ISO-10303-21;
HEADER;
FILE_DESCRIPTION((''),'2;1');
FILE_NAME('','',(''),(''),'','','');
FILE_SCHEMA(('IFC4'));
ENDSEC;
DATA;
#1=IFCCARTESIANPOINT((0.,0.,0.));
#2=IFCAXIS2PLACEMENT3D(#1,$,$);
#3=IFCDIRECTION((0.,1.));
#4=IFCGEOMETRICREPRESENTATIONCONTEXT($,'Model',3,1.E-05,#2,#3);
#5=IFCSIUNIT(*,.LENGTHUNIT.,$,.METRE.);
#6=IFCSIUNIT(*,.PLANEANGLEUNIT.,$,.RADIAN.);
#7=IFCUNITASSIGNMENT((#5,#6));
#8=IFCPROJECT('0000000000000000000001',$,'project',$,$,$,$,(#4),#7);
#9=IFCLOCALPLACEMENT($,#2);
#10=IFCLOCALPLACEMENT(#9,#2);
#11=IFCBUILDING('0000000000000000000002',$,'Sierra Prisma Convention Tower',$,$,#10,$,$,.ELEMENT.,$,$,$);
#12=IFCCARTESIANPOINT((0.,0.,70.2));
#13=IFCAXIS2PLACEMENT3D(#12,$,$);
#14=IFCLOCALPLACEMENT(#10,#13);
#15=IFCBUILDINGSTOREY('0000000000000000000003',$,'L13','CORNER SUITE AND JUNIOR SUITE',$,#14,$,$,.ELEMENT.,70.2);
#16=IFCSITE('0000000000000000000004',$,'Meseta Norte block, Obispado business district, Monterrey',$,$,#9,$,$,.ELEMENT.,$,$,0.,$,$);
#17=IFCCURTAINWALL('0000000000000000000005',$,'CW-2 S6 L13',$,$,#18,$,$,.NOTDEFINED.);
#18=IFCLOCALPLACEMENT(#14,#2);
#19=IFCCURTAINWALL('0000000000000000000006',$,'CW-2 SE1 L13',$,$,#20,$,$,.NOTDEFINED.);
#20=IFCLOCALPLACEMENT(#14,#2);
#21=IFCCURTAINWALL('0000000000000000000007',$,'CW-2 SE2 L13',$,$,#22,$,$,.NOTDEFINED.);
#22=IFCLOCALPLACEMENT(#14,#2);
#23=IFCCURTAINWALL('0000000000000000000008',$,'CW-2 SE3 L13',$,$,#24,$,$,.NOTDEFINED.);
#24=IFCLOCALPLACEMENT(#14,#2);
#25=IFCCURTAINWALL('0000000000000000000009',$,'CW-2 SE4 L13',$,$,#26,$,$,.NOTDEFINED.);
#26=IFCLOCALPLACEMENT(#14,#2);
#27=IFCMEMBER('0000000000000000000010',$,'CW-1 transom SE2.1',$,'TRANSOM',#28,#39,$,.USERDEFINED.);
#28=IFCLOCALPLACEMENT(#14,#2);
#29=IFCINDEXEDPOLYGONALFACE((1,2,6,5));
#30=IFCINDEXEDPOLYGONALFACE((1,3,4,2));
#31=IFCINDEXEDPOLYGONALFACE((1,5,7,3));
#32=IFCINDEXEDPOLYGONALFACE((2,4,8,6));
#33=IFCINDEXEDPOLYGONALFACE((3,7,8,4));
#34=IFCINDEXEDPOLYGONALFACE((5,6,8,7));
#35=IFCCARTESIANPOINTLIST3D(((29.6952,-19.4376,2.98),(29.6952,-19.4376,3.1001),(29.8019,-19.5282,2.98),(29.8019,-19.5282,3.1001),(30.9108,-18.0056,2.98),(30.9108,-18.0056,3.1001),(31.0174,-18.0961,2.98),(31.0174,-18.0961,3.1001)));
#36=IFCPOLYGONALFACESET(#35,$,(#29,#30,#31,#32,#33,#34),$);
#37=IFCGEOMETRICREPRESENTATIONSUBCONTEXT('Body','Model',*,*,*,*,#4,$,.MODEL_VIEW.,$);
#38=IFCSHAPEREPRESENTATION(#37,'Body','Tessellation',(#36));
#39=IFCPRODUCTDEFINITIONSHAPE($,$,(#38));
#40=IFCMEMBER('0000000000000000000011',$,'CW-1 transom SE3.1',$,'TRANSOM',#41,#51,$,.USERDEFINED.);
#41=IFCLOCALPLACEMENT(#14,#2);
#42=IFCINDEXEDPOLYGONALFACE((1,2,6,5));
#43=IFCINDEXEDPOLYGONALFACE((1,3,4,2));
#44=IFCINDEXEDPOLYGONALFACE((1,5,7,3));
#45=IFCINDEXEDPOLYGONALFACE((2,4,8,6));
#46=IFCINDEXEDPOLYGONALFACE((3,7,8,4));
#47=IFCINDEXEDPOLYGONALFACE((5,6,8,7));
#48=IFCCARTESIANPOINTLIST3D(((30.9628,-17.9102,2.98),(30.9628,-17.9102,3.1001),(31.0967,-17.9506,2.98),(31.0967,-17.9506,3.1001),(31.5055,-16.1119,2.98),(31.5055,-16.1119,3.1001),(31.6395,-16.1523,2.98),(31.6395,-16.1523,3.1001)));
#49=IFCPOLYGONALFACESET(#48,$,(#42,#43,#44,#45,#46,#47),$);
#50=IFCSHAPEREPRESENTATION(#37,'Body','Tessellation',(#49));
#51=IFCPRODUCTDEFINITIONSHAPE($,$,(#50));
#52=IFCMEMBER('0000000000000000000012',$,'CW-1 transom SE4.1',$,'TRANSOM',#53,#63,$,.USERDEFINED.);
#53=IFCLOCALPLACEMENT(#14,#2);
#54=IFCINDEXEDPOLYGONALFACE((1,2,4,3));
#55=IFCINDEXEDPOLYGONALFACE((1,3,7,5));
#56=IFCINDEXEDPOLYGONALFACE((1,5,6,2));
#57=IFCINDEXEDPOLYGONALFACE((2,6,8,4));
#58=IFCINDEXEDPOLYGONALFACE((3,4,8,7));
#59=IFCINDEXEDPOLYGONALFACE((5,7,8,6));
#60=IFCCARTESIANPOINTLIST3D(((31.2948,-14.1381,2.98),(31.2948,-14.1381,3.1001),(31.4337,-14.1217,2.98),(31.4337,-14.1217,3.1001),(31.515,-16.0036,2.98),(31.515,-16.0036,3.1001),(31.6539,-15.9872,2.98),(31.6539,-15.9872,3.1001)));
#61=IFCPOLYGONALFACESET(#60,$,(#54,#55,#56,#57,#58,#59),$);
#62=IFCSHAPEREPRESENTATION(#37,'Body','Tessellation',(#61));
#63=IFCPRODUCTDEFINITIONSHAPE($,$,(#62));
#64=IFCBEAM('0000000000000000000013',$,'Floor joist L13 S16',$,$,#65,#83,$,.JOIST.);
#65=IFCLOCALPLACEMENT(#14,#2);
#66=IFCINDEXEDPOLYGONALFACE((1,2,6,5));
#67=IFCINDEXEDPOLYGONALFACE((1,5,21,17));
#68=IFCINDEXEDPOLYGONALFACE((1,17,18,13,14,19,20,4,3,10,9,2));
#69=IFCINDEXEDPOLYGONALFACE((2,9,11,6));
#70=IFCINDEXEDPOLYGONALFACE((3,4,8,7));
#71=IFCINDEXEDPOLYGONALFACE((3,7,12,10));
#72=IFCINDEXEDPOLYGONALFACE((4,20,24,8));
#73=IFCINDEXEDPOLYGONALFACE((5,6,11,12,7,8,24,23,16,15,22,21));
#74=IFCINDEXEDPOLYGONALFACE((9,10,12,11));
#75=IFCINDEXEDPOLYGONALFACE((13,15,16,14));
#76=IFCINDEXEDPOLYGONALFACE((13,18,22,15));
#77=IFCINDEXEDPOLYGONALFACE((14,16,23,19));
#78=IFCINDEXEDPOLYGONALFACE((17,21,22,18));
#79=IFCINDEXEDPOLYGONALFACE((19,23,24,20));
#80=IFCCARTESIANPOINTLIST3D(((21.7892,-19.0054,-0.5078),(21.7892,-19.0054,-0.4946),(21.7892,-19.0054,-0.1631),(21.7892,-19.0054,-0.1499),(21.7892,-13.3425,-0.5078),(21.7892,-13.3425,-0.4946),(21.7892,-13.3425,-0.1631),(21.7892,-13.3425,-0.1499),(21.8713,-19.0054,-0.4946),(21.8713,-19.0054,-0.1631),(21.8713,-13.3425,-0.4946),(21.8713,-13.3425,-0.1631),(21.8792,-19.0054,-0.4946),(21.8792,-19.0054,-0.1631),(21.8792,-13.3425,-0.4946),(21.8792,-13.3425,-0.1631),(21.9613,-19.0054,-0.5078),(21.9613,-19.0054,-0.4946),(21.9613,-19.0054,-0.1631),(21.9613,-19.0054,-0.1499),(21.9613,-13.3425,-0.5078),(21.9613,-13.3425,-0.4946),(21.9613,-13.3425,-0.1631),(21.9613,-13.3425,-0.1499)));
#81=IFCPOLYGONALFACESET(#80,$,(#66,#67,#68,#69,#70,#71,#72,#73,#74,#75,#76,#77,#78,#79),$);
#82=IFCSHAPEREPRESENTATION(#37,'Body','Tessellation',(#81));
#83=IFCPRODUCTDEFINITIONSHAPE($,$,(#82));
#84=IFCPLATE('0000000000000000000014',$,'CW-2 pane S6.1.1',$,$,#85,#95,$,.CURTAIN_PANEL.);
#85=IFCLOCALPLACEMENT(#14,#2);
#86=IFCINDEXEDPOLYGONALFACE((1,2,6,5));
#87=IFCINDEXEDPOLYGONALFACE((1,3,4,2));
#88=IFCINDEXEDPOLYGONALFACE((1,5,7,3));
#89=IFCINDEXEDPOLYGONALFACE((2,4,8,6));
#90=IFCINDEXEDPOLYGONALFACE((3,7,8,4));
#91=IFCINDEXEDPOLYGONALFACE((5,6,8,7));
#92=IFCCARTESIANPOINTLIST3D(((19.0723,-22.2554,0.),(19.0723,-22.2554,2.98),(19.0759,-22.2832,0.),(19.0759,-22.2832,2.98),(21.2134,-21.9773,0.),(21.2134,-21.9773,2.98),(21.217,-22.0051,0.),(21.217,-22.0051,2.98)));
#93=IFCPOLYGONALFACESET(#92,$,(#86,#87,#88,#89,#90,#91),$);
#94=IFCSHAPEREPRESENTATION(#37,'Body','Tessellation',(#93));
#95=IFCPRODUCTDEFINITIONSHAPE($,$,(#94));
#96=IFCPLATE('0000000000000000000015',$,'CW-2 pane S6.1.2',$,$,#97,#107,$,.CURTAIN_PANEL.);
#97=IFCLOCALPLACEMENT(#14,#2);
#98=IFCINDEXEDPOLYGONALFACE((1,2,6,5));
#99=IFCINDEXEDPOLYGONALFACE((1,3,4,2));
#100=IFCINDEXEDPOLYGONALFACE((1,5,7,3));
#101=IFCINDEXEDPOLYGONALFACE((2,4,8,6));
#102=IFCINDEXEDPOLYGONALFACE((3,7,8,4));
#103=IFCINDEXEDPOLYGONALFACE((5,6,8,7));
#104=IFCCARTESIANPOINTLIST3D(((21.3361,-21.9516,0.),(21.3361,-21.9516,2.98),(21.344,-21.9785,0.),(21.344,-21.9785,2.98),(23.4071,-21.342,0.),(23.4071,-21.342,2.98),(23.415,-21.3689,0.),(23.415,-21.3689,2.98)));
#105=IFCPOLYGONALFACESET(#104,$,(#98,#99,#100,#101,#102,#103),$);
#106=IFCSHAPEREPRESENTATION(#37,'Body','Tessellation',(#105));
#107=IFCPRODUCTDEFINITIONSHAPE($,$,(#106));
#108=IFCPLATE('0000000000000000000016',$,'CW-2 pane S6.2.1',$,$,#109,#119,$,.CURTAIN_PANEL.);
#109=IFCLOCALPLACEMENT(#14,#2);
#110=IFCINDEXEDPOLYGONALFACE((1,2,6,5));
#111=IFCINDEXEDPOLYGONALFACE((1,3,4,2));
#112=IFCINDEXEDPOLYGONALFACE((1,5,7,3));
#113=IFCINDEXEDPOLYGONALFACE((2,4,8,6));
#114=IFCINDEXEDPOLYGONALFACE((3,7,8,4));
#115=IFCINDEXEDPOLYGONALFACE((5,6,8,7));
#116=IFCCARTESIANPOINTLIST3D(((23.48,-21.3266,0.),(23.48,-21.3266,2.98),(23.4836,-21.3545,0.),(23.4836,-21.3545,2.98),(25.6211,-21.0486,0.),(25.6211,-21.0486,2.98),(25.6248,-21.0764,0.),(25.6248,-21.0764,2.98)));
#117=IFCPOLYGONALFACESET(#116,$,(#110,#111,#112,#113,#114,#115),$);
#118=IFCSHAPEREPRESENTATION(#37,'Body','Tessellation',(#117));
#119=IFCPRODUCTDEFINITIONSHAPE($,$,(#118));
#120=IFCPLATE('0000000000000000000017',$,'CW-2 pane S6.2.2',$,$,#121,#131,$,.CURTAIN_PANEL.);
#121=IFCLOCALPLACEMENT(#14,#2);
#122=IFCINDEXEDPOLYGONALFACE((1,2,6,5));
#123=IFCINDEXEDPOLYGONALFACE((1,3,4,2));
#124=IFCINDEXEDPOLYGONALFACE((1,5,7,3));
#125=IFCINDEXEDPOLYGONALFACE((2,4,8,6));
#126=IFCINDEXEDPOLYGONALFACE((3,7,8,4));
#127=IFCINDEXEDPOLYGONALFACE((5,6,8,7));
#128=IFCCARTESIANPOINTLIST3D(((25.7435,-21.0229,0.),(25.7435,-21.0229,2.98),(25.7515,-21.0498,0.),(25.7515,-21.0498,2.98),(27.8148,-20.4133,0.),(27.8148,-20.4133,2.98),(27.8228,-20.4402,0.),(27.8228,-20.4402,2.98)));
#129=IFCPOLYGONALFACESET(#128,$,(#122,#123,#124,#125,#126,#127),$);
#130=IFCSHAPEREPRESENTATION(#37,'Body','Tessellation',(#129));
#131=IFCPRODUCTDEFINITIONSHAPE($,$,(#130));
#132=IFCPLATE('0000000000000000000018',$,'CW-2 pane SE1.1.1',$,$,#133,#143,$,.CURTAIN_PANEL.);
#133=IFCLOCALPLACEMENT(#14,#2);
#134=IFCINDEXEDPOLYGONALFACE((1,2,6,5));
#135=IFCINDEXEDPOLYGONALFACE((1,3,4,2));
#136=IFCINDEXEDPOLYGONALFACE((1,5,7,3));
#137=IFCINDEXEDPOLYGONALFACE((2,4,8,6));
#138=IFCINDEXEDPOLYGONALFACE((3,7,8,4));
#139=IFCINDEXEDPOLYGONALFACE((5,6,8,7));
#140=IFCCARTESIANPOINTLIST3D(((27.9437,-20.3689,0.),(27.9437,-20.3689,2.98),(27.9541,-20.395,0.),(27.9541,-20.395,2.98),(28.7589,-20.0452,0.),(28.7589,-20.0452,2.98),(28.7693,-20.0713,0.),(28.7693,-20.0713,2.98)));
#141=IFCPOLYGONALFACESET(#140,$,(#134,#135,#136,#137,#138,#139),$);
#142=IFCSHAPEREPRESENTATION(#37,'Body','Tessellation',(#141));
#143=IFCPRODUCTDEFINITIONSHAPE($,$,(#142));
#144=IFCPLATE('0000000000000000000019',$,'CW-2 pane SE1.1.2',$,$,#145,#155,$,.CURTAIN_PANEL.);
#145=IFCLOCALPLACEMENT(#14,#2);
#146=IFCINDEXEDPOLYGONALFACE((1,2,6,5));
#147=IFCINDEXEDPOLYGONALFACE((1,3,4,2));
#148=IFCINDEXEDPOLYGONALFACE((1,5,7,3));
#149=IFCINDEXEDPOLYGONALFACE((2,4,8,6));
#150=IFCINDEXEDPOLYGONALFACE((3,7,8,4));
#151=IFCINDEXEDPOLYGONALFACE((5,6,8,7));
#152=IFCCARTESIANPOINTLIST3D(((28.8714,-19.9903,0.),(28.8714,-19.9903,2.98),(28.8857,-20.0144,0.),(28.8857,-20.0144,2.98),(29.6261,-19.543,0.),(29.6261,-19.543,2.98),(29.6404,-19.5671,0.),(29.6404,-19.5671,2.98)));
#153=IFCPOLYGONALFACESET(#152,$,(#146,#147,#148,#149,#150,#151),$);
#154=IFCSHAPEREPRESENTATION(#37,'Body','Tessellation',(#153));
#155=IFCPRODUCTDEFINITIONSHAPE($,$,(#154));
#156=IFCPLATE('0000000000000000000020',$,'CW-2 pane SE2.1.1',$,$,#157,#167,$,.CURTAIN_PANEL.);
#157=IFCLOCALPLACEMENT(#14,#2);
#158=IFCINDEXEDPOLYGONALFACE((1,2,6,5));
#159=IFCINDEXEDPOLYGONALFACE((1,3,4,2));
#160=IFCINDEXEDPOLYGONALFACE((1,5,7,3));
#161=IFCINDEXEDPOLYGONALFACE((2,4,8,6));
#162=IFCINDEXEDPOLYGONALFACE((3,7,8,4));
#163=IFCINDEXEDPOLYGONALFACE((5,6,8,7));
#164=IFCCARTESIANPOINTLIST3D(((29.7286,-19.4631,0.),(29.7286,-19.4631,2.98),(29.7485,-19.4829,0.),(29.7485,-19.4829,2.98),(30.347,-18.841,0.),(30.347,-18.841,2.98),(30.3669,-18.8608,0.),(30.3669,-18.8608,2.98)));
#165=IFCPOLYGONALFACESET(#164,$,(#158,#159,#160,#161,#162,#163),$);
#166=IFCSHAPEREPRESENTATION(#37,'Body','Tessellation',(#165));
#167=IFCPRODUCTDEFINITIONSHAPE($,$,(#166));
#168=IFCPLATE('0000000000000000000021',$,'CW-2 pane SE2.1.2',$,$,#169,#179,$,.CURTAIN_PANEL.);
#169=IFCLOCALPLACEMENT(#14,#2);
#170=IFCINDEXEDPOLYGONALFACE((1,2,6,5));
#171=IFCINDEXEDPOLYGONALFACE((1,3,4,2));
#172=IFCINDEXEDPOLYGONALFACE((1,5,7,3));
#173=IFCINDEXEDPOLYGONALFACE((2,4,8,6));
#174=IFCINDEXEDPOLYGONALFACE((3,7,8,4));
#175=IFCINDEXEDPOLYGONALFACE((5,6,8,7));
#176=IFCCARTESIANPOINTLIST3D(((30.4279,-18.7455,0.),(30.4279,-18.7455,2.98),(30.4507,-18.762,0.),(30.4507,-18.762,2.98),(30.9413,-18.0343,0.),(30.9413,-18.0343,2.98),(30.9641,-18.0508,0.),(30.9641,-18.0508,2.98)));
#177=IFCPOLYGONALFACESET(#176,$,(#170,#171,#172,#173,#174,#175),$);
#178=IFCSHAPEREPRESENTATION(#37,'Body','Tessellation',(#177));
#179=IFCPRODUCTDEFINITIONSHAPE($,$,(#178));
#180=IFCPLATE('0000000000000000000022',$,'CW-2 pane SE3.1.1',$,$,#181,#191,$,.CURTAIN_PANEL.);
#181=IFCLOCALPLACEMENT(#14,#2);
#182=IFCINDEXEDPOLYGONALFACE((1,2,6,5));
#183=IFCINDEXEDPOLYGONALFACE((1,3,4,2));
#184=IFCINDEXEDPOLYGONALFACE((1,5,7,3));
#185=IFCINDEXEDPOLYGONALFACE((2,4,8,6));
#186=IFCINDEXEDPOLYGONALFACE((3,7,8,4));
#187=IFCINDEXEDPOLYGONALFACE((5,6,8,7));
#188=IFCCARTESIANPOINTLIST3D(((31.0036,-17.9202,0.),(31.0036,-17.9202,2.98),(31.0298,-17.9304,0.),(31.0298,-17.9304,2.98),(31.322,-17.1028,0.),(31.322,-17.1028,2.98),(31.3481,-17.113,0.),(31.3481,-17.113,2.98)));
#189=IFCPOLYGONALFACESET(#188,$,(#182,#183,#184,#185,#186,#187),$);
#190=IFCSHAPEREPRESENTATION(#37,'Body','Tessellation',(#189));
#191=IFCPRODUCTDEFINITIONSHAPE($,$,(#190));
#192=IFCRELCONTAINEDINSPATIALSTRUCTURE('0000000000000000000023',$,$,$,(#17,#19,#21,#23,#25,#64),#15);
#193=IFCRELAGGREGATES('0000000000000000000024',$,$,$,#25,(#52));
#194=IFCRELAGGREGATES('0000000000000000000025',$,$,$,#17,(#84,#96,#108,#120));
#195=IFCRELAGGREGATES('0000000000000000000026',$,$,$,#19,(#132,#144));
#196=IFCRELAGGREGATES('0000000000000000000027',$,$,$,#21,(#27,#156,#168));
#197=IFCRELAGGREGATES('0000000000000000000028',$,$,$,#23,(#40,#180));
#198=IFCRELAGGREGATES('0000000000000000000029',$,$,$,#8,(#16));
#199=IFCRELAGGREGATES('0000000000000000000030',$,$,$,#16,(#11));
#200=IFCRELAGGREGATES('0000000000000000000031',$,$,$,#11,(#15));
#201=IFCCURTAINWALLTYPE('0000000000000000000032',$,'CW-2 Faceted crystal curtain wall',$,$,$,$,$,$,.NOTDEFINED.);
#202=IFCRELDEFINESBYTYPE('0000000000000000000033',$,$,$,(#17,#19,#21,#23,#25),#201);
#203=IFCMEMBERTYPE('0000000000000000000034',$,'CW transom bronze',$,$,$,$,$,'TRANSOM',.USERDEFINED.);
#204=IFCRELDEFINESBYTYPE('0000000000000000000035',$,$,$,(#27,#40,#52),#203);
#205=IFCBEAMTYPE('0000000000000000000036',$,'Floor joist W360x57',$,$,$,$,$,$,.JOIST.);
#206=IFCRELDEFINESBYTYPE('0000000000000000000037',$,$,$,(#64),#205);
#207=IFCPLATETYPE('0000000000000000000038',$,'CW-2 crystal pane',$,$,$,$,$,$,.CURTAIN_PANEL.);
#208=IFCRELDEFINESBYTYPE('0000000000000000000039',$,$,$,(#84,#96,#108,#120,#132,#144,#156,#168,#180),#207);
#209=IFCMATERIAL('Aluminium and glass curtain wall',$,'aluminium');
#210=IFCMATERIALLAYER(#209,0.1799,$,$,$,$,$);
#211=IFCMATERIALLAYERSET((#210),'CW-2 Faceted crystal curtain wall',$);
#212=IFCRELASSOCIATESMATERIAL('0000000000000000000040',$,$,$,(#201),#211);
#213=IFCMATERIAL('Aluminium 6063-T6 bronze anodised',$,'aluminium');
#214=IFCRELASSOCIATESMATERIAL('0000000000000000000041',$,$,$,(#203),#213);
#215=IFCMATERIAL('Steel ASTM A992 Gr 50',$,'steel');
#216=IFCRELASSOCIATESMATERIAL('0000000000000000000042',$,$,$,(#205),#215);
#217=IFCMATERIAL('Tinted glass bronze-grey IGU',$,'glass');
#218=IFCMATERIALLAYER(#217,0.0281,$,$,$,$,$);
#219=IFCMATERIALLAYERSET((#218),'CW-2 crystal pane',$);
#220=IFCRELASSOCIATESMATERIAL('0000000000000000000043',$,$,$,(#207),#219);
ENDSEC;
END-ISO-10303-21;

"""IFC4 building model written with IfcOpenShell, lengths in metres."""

from ifc_helpers import new_model, si_unit, direction, frame, origin, origin_2d, place, context, subcontext, project, spatial, polyline, rectangle, i_section, outline, extrude, material, layer, layer_set, material_profile, profile_set, type_object, element, aggregate, save


model = new_model("IFC4")

# Units and contexts
model_context = context("Model", 3, precision=1e-05, world=origin(), true_north=direction((0.0, 1.0)))
body_context = subcontext(model_context, "Body", "Model", "MODEL_VIEW")
ifc_project = project(units=[si_unit("LENGTHUNIT", "METRE"), si_unit("PLANEANGLEUNIT", "RADIAN")], contexts=[model_context])

# Site, building, storey
site_placement = place(None, origin())
site = spatial("IfcSite", under=ifc_project, at=site_placement, Name="Meseta Norte block, Obispado business district, Monterrey", CompositionType="ELEMENT", RefElevation=0.0)
building_placement = place(site_placement, origin())
building = spatial("IfcBuilding", under=site, at=building_placement, Name="Sierra Prisma Convention Tower", CompositionType="ELEMENT")
storey_placement = place(building_placement, frame((0.0, 0.0, 70.2)))
storey = spatial("IfcBuildingStorey", under=building, at=storey_placement, Name="L13", Description="CORNER SUITE AND JUNIOR SUITE", CompositionType="ELEMENT", Elevation=70.2)

# Curtain wall
ifc_material_1 = material(Name="Aluminium and glass curtain wall", Category="aluminium")
ifc_layer_1 = layer(ifc_material_1, 0.1799)
ifc_layer_set_1 = layer_set([ifc_layer_1], Name="CW-2 Faceted crystal curtain wall")
curtain_wall_type = type_object("IfcCurtainWallType", Name="CW-2 Faceted crystal curtain wall", PredefinedType="NOTDEFINED", material=ifc_layer_set_1)
curtain_wall_1_placement = place(storey_placement, origin())
curtain_wall_1 = element("IfcCurtainWall", 1, at=curtain_wall_1_placement, inside=storey, type_object=curtain_wall_type, Name="CW-2 S6 L13", PredefinedType="NOTDEFINED")

# Curtain walls
curtain_wall_2_placement = place(storey_placement, origin())
curtain_wall_2 = element("IfcCurtainWall", 2, at=curtain_wall_2_placement, inside=storey, type_object=curtain_wall_type, Name="CW-2 SE1 L13", PredefinedType="NOTDEFINED")
curtain_wall_3_placement = place(storey_placement, origin())
curtain_wall_3 = element("IfcCurtainWall", 3, at=curtain_wall_3_placement, inside=storey, type_object=curtain_wall_type, Name="CW-2 SE2 L13", PredefinedType="NOTDEFINED")
curtain_wall_4_placement = place(storey_placement, origin())
curtain_wall_4 = element("IfcCurtainWall", 4, at=curtain_wall_4_placement, inside=storey, type_object=curtain_wall_type, Name="CW-2 SE3 L13", PredefinedType="NOTDEFINED")

# Curtain wall
curtain_wall_5_placement = place(storey_placement, origin())
curtain_wall_5 = element("IfcCurtainWall", 5, at=curtain_wall_5_placement, inside=storey, type_object=curtain_wall_type, Name="CW-2 SE4 L13", PredefinedType="NOTDEFINED")

# Members
ifc_material_2 = material(Name="Aluminium 6063-T6 bronze anodised", Category="aluminium")
ifc_material_profile_1 = material_profile(ifc_material_2, rectangle(XDim=0.1399, YDim=0.1201, at=origin_2d()), Name="ALU TRANSOM 120x140")
ifc_profile_set_1 = profile_set([ifc_material_profile_1], Name="Aluminium 6063-T6 bronze anodised")
member_type_1 = type_object("IfcMemberType", Name="CW transom bronze", ElementType="TRANSOM", PredefinedType="USERDEFINED", material=ifc_profile_set_1)
member_1_placement = place(storey_placement, frame((29.7485, -19.4829, 3.04), z_axis=(0.647113, 0.762394, 0.0), x_axis=(-0.762394, 0.647113, 0.0)))
member_1 = element("IfcMember", 6, at=member_1_placement, type_object=member_type_1, Name="CW-1 transom SE2.1", ObjectType="TRANSOM", PredefinedType="USERDEFINED", context=body_context, shape_type="SweptSolid", body=[
    extrude(rectangle(XDim=0.1399, YDim=0.1201, at=origin_2d()), origin(), (0.0, 0.0, 1.0), 1.8784),
])
member_2_placement = place(storey_placement, frame((31.0298, -17.9304, 3.04), z_axis=(0.288921, 0.957353, 0.0), x_axis=(-0.957353, 0.288921, 0.0)))
member_2 = element("IfcMember", 7, at=member_2_placement, type_object=member_type_1, Name="CW-1 transom SE3.1", ObjectType="TRANSOM", PredefinedType="USERDEFINED", context=body_context, shape_type="SweptSolid", body=[
    extrude(rectangle(XDim=0.1399, YDim=0.1201, at=origin_2d()), origin(), (0.0, 0.0, 1.0), 1.8784),
])
member_3_placement = place(storey_placement, frame((31.5845, -15.9954, 3.04), z_axis=(-0.117233, 0.993104, 0.0), x_axis=(-0.993104, -0.117233, 0.0)))
member_3 = element("IfcMember", 8, at=member_3_placement, type_object=member_type_1, Name="CW-1 transom SE4.1", ObjectType="TRANSOM", PredefinedType="USERDEFINED", context=body_context, shape_type="SweptSolid", body=[
    extrude(rectangle(XDim=0.1399, YDim=0.1201, at=origin_2d()), origin(), (0.0, 0.0, 1.0), 1.8784),
])
aggregate(curtain_wall_5, [member_3])

# Beam
ifc_material_3 = material(Name="Steel ASTM A992 Gr 50", Category="steel")
ifc_material_profile_2 = material_profile(ifc_material_3, i_section(OverallWidth=0.1721, OverallDepth=0.3579, WebThickness=0.0078, FlangeThickness=0.0132, at=origin_2d()), Name="W360x57")
ifc_profile_set_2 = profile_set([ifc_material_profile_2], Name="Steel ASTM A992 Gr 50")
beam_type = type_object("IfcBeamType", Name="Floor joist W360x57", PredefinedType="JOIST", material=ifc_profile_set_2)
beam_placement = place(storey_placement, frame((21.8752, -19.0054, -0.3289), z_axis=(0.0, 1.0, 0.0), x_axis=(-1.0, 0.0, 0.0)))
element("IfcBeam", 9, at=beam_placement, inside=storey, type_object=beam_type, Name="Floor joist L13 S16", PredefinedType="JOIST", context=body_context, shape_type="SweptSolid", body=[
    extrude(i_section(OverallWidth=0.1721, OverallDepth=0.3579, WebThickness=0.0078, FlangeThickness=0.0132, at=origin_2d()), origin(), (0.0, 0.0, 1.0), 5.6628),
])

# Plates
ifc_material_4 = material(Name="Tinted glass bronze-grey IGU", Category="glass")
ifc_layer_2 = layer(ifc_material_4, 0.0281)
ifc_layer_set_2 = layer_set([ifc_layer_2], Name="CW-2 crystal pane")
plate_type = type_object("IfcPlateType", Name="CW-2 crystal pane", PredefinedType="CURTAIN_PANEL", material=ifc_layer_set_2)
plate_1_placement = place(storey_placement, frame((19.0759, -22.2832, 0.0), z_axis=(0.128793, -0.991672, 0.0), x_axis=(0.991672, 0.128793, 0.0)))
plate_1 = element("IfcPlate", 10, at=plate_1_placement, type_object=plate_type, Name="CW-2 pane S6.1.1", PredefinedType="CURTAIN_PANEL", context=body_context, shape_type="SweptSolid", body=[
    extrude(outline(polyline([(0.0, 0.0), (2.1591, 0.0), (2.1591, 2.98), (0.0, 2.98), (0.0, 0.0)])), origin(), (0.0, 0.0, -1.0), 0.0281),
])
plate_2_placement = place(storey_placement, frame((23.415, -21.3689, 0.0), z_axis=(0.282374, -0.959304, 0.0), x_axis=(-0.959304, -0.282374, 0.0)))
plate_2 = element("IfcPlate", 11, at=plate_2_placement, type_object=plate_type, Name="CW-2 pane S6.1.2", PredefinedType="CURTAIN_PANEL", context=body_context, shape_type="SweptSolid", body=[
    extrude(outline(polyline([(0.0, 0.0), (2.1589, 0.0), (2.1589, -2.98), (0.0, -2.98), (0.0, 0.0)])), origin(), (0.0, 0.0, -1.0), 0.0281),
])
plate_3_placement = place(storey_placement, frame((23.4836, -21.3545, 0.0), z_axis=(0.128793, -0.991672, 0.0), x_axis=(0.991672, 0.128793, 0.0)))
plate_3 = element("IfcPlate", 12, at=plate_3_placement, type_object=plate_type, Name="CW-2 pane S6.2.1", PredefinedType="CURTAIN_PANEL", context=body_context, shape_type="SweptSolid", body=[
    extrude(outline(polyline([(0.0, 0.0), (2.1591, 0.0), (2.1591, 2.98), (0.0, 2.98), (0.0, 0.0)])), origin(), (0.0, 0.0, -1.0), 0.0281),
])
plate_4_placement = place(storey_placement, frame((27.8228, -20.4402, 0.0), z_axis=(0.282344, -0.959313, 0.0), x_axis=(-0.959313, -0.282344, 0.0)))
plate_4 = element("IfcPlate", 13, at=plate_4_placement, type_object=plate_type, Name="CW-2 pane S6.2.2", PredefinedType="CURTAIN_PANEL", context=body_context, shape_type="SweptSolid", body=[
    extrude(outline(polyline([(0.0, 0.0), (2.1591, 0.0), (2.1591, -2.98), (0.0, -2.98), (0.0, 0.0)])), origin(), (0.0, 0.0, -1.0), 0.0281),
])
aggregate(curtain_wall_1, [plate_1, plate_2, plate_3, plate_4])
plate_5_placement = place(storey_placement, frame((27.9541, -20.395, 0.0), z_axis=(0.369086, -0.929395, 0.0), x_axis=(0.929395, 0.369086, 0.0)))
plate_5 = element("IfcPlate", 14, at=plate_5_placement, type_object=plate_type, Name="CW-2 pane SE1.1.1", PredefinedType="CURTAIN_PANEL", context=body_context, shape_type="SweptSolid", body=[
    extrude(outline(polyline([(0.0, 0.0), (0.8771, 0.0), (0.8771, 2.98), (0.0, 2.98), (0.0, 0.0)])), origin(), (0.0, 0.0, -1.0), 0.0281),
])
plate_6_placement = place(storey_placement, frame((29.6404, -19.5671, 0.0), z_axis=(0.509863, -0.860255, 0.0), x_axis=(-0.860255, -0.509863, 0.0)))
plate_6 = element("IfcPlate", 15, at=plate_6_placement, type_object=plate_type, Name="CW-2 pane SE1.1.2", PredefinedType="CURTAIN_PANEL", context=body_context, shape_type="SweptSolid", body=[
    extrude(outline(polyline([(0.0, 0.0), (0.8772, 0.0), (0.8772, -2.98), (0.0, -2.98), (0.0, 0.0)])), origin(), (0.0, 0.0, -1.0), 0.0281),
])
aggregate(curtain_wall_2, [plate_5, plate_6])
plate_7_placement = place(storey_placement, frame((29.7485, -19.4829, 0.0), z_axis=(0.709191, -0.705016, 0.0), x_axis=(0.705016, 0.709191, 0.0)))
plate_7 = element("IfcPlate", 16, at=plate_7_placement, type_object=plate_type, Name="CW-2 pane SE2.1.1", PredefinedType="CURTAIN_PANEL", context=body_context, shape_type="SweptSolid", body=[
    extrude(outline(polyline([(0.0, 0.0), (0.8772, 0.0), (0.8772, 2.98), (0.0, 2.98), (0.0, 0.0)])), origin(), (0.0, 0.0, -1.0), 0.0281),
])
plate_8_placement = place(storey_placement, frame((30.9641, -18.0508, 0.0), z_axis=(0.810789, -0.585338, 0.0), x_axis=(-0.585338, -0.810789, 0.0)))
plate_8 = element("IfcPlate", 17, at=plate_8_placement, type_object=plate_type, Name="CW-2 pane SE2.1.2", PredefinedType="CURTAIN_PANEL", context=body_context, shape_type="SweptSolid", body=[
    extrude(outline(polyline([(0.0, 0.0), (0.8771, 0.0), (0.8771, -2.98), (0.0, -2.98), (0.0, 0.0)])), origin(), (0.0, 0.0, -1.0), 0.0281),
])
aggregate(curtain_wall_3, [member_1, plate_7, plate_8])
plate_9_placement = place(storey_placement, frame((31.0298, -17.9304, 0.0), z_axis=(0.931817, -0.36293, 0.0), x_axis=(0.36293, 0.931817, 0.0)))
plate_9 = element("IfcPlate", 18, at=plate_9_placement, type_object=plate_type, Name="CW-2 pane SE3.1.1", PredefinedType="CURTAIN_PANEL", context=body_context, shape_type="SweptSolid", body=[
    extrude(outline(polyline([(0.0, 0.0), (0.8772, 0.0), (0.8772, 2.98), (0.0, 2.98), (0.0, 0.0)])), origin(), (0.0, 0.0, -1.0), 0.0281),
])
aggregate(curtain_wall_4, [member_2, plate_9])

save(model, "model.ifc")
